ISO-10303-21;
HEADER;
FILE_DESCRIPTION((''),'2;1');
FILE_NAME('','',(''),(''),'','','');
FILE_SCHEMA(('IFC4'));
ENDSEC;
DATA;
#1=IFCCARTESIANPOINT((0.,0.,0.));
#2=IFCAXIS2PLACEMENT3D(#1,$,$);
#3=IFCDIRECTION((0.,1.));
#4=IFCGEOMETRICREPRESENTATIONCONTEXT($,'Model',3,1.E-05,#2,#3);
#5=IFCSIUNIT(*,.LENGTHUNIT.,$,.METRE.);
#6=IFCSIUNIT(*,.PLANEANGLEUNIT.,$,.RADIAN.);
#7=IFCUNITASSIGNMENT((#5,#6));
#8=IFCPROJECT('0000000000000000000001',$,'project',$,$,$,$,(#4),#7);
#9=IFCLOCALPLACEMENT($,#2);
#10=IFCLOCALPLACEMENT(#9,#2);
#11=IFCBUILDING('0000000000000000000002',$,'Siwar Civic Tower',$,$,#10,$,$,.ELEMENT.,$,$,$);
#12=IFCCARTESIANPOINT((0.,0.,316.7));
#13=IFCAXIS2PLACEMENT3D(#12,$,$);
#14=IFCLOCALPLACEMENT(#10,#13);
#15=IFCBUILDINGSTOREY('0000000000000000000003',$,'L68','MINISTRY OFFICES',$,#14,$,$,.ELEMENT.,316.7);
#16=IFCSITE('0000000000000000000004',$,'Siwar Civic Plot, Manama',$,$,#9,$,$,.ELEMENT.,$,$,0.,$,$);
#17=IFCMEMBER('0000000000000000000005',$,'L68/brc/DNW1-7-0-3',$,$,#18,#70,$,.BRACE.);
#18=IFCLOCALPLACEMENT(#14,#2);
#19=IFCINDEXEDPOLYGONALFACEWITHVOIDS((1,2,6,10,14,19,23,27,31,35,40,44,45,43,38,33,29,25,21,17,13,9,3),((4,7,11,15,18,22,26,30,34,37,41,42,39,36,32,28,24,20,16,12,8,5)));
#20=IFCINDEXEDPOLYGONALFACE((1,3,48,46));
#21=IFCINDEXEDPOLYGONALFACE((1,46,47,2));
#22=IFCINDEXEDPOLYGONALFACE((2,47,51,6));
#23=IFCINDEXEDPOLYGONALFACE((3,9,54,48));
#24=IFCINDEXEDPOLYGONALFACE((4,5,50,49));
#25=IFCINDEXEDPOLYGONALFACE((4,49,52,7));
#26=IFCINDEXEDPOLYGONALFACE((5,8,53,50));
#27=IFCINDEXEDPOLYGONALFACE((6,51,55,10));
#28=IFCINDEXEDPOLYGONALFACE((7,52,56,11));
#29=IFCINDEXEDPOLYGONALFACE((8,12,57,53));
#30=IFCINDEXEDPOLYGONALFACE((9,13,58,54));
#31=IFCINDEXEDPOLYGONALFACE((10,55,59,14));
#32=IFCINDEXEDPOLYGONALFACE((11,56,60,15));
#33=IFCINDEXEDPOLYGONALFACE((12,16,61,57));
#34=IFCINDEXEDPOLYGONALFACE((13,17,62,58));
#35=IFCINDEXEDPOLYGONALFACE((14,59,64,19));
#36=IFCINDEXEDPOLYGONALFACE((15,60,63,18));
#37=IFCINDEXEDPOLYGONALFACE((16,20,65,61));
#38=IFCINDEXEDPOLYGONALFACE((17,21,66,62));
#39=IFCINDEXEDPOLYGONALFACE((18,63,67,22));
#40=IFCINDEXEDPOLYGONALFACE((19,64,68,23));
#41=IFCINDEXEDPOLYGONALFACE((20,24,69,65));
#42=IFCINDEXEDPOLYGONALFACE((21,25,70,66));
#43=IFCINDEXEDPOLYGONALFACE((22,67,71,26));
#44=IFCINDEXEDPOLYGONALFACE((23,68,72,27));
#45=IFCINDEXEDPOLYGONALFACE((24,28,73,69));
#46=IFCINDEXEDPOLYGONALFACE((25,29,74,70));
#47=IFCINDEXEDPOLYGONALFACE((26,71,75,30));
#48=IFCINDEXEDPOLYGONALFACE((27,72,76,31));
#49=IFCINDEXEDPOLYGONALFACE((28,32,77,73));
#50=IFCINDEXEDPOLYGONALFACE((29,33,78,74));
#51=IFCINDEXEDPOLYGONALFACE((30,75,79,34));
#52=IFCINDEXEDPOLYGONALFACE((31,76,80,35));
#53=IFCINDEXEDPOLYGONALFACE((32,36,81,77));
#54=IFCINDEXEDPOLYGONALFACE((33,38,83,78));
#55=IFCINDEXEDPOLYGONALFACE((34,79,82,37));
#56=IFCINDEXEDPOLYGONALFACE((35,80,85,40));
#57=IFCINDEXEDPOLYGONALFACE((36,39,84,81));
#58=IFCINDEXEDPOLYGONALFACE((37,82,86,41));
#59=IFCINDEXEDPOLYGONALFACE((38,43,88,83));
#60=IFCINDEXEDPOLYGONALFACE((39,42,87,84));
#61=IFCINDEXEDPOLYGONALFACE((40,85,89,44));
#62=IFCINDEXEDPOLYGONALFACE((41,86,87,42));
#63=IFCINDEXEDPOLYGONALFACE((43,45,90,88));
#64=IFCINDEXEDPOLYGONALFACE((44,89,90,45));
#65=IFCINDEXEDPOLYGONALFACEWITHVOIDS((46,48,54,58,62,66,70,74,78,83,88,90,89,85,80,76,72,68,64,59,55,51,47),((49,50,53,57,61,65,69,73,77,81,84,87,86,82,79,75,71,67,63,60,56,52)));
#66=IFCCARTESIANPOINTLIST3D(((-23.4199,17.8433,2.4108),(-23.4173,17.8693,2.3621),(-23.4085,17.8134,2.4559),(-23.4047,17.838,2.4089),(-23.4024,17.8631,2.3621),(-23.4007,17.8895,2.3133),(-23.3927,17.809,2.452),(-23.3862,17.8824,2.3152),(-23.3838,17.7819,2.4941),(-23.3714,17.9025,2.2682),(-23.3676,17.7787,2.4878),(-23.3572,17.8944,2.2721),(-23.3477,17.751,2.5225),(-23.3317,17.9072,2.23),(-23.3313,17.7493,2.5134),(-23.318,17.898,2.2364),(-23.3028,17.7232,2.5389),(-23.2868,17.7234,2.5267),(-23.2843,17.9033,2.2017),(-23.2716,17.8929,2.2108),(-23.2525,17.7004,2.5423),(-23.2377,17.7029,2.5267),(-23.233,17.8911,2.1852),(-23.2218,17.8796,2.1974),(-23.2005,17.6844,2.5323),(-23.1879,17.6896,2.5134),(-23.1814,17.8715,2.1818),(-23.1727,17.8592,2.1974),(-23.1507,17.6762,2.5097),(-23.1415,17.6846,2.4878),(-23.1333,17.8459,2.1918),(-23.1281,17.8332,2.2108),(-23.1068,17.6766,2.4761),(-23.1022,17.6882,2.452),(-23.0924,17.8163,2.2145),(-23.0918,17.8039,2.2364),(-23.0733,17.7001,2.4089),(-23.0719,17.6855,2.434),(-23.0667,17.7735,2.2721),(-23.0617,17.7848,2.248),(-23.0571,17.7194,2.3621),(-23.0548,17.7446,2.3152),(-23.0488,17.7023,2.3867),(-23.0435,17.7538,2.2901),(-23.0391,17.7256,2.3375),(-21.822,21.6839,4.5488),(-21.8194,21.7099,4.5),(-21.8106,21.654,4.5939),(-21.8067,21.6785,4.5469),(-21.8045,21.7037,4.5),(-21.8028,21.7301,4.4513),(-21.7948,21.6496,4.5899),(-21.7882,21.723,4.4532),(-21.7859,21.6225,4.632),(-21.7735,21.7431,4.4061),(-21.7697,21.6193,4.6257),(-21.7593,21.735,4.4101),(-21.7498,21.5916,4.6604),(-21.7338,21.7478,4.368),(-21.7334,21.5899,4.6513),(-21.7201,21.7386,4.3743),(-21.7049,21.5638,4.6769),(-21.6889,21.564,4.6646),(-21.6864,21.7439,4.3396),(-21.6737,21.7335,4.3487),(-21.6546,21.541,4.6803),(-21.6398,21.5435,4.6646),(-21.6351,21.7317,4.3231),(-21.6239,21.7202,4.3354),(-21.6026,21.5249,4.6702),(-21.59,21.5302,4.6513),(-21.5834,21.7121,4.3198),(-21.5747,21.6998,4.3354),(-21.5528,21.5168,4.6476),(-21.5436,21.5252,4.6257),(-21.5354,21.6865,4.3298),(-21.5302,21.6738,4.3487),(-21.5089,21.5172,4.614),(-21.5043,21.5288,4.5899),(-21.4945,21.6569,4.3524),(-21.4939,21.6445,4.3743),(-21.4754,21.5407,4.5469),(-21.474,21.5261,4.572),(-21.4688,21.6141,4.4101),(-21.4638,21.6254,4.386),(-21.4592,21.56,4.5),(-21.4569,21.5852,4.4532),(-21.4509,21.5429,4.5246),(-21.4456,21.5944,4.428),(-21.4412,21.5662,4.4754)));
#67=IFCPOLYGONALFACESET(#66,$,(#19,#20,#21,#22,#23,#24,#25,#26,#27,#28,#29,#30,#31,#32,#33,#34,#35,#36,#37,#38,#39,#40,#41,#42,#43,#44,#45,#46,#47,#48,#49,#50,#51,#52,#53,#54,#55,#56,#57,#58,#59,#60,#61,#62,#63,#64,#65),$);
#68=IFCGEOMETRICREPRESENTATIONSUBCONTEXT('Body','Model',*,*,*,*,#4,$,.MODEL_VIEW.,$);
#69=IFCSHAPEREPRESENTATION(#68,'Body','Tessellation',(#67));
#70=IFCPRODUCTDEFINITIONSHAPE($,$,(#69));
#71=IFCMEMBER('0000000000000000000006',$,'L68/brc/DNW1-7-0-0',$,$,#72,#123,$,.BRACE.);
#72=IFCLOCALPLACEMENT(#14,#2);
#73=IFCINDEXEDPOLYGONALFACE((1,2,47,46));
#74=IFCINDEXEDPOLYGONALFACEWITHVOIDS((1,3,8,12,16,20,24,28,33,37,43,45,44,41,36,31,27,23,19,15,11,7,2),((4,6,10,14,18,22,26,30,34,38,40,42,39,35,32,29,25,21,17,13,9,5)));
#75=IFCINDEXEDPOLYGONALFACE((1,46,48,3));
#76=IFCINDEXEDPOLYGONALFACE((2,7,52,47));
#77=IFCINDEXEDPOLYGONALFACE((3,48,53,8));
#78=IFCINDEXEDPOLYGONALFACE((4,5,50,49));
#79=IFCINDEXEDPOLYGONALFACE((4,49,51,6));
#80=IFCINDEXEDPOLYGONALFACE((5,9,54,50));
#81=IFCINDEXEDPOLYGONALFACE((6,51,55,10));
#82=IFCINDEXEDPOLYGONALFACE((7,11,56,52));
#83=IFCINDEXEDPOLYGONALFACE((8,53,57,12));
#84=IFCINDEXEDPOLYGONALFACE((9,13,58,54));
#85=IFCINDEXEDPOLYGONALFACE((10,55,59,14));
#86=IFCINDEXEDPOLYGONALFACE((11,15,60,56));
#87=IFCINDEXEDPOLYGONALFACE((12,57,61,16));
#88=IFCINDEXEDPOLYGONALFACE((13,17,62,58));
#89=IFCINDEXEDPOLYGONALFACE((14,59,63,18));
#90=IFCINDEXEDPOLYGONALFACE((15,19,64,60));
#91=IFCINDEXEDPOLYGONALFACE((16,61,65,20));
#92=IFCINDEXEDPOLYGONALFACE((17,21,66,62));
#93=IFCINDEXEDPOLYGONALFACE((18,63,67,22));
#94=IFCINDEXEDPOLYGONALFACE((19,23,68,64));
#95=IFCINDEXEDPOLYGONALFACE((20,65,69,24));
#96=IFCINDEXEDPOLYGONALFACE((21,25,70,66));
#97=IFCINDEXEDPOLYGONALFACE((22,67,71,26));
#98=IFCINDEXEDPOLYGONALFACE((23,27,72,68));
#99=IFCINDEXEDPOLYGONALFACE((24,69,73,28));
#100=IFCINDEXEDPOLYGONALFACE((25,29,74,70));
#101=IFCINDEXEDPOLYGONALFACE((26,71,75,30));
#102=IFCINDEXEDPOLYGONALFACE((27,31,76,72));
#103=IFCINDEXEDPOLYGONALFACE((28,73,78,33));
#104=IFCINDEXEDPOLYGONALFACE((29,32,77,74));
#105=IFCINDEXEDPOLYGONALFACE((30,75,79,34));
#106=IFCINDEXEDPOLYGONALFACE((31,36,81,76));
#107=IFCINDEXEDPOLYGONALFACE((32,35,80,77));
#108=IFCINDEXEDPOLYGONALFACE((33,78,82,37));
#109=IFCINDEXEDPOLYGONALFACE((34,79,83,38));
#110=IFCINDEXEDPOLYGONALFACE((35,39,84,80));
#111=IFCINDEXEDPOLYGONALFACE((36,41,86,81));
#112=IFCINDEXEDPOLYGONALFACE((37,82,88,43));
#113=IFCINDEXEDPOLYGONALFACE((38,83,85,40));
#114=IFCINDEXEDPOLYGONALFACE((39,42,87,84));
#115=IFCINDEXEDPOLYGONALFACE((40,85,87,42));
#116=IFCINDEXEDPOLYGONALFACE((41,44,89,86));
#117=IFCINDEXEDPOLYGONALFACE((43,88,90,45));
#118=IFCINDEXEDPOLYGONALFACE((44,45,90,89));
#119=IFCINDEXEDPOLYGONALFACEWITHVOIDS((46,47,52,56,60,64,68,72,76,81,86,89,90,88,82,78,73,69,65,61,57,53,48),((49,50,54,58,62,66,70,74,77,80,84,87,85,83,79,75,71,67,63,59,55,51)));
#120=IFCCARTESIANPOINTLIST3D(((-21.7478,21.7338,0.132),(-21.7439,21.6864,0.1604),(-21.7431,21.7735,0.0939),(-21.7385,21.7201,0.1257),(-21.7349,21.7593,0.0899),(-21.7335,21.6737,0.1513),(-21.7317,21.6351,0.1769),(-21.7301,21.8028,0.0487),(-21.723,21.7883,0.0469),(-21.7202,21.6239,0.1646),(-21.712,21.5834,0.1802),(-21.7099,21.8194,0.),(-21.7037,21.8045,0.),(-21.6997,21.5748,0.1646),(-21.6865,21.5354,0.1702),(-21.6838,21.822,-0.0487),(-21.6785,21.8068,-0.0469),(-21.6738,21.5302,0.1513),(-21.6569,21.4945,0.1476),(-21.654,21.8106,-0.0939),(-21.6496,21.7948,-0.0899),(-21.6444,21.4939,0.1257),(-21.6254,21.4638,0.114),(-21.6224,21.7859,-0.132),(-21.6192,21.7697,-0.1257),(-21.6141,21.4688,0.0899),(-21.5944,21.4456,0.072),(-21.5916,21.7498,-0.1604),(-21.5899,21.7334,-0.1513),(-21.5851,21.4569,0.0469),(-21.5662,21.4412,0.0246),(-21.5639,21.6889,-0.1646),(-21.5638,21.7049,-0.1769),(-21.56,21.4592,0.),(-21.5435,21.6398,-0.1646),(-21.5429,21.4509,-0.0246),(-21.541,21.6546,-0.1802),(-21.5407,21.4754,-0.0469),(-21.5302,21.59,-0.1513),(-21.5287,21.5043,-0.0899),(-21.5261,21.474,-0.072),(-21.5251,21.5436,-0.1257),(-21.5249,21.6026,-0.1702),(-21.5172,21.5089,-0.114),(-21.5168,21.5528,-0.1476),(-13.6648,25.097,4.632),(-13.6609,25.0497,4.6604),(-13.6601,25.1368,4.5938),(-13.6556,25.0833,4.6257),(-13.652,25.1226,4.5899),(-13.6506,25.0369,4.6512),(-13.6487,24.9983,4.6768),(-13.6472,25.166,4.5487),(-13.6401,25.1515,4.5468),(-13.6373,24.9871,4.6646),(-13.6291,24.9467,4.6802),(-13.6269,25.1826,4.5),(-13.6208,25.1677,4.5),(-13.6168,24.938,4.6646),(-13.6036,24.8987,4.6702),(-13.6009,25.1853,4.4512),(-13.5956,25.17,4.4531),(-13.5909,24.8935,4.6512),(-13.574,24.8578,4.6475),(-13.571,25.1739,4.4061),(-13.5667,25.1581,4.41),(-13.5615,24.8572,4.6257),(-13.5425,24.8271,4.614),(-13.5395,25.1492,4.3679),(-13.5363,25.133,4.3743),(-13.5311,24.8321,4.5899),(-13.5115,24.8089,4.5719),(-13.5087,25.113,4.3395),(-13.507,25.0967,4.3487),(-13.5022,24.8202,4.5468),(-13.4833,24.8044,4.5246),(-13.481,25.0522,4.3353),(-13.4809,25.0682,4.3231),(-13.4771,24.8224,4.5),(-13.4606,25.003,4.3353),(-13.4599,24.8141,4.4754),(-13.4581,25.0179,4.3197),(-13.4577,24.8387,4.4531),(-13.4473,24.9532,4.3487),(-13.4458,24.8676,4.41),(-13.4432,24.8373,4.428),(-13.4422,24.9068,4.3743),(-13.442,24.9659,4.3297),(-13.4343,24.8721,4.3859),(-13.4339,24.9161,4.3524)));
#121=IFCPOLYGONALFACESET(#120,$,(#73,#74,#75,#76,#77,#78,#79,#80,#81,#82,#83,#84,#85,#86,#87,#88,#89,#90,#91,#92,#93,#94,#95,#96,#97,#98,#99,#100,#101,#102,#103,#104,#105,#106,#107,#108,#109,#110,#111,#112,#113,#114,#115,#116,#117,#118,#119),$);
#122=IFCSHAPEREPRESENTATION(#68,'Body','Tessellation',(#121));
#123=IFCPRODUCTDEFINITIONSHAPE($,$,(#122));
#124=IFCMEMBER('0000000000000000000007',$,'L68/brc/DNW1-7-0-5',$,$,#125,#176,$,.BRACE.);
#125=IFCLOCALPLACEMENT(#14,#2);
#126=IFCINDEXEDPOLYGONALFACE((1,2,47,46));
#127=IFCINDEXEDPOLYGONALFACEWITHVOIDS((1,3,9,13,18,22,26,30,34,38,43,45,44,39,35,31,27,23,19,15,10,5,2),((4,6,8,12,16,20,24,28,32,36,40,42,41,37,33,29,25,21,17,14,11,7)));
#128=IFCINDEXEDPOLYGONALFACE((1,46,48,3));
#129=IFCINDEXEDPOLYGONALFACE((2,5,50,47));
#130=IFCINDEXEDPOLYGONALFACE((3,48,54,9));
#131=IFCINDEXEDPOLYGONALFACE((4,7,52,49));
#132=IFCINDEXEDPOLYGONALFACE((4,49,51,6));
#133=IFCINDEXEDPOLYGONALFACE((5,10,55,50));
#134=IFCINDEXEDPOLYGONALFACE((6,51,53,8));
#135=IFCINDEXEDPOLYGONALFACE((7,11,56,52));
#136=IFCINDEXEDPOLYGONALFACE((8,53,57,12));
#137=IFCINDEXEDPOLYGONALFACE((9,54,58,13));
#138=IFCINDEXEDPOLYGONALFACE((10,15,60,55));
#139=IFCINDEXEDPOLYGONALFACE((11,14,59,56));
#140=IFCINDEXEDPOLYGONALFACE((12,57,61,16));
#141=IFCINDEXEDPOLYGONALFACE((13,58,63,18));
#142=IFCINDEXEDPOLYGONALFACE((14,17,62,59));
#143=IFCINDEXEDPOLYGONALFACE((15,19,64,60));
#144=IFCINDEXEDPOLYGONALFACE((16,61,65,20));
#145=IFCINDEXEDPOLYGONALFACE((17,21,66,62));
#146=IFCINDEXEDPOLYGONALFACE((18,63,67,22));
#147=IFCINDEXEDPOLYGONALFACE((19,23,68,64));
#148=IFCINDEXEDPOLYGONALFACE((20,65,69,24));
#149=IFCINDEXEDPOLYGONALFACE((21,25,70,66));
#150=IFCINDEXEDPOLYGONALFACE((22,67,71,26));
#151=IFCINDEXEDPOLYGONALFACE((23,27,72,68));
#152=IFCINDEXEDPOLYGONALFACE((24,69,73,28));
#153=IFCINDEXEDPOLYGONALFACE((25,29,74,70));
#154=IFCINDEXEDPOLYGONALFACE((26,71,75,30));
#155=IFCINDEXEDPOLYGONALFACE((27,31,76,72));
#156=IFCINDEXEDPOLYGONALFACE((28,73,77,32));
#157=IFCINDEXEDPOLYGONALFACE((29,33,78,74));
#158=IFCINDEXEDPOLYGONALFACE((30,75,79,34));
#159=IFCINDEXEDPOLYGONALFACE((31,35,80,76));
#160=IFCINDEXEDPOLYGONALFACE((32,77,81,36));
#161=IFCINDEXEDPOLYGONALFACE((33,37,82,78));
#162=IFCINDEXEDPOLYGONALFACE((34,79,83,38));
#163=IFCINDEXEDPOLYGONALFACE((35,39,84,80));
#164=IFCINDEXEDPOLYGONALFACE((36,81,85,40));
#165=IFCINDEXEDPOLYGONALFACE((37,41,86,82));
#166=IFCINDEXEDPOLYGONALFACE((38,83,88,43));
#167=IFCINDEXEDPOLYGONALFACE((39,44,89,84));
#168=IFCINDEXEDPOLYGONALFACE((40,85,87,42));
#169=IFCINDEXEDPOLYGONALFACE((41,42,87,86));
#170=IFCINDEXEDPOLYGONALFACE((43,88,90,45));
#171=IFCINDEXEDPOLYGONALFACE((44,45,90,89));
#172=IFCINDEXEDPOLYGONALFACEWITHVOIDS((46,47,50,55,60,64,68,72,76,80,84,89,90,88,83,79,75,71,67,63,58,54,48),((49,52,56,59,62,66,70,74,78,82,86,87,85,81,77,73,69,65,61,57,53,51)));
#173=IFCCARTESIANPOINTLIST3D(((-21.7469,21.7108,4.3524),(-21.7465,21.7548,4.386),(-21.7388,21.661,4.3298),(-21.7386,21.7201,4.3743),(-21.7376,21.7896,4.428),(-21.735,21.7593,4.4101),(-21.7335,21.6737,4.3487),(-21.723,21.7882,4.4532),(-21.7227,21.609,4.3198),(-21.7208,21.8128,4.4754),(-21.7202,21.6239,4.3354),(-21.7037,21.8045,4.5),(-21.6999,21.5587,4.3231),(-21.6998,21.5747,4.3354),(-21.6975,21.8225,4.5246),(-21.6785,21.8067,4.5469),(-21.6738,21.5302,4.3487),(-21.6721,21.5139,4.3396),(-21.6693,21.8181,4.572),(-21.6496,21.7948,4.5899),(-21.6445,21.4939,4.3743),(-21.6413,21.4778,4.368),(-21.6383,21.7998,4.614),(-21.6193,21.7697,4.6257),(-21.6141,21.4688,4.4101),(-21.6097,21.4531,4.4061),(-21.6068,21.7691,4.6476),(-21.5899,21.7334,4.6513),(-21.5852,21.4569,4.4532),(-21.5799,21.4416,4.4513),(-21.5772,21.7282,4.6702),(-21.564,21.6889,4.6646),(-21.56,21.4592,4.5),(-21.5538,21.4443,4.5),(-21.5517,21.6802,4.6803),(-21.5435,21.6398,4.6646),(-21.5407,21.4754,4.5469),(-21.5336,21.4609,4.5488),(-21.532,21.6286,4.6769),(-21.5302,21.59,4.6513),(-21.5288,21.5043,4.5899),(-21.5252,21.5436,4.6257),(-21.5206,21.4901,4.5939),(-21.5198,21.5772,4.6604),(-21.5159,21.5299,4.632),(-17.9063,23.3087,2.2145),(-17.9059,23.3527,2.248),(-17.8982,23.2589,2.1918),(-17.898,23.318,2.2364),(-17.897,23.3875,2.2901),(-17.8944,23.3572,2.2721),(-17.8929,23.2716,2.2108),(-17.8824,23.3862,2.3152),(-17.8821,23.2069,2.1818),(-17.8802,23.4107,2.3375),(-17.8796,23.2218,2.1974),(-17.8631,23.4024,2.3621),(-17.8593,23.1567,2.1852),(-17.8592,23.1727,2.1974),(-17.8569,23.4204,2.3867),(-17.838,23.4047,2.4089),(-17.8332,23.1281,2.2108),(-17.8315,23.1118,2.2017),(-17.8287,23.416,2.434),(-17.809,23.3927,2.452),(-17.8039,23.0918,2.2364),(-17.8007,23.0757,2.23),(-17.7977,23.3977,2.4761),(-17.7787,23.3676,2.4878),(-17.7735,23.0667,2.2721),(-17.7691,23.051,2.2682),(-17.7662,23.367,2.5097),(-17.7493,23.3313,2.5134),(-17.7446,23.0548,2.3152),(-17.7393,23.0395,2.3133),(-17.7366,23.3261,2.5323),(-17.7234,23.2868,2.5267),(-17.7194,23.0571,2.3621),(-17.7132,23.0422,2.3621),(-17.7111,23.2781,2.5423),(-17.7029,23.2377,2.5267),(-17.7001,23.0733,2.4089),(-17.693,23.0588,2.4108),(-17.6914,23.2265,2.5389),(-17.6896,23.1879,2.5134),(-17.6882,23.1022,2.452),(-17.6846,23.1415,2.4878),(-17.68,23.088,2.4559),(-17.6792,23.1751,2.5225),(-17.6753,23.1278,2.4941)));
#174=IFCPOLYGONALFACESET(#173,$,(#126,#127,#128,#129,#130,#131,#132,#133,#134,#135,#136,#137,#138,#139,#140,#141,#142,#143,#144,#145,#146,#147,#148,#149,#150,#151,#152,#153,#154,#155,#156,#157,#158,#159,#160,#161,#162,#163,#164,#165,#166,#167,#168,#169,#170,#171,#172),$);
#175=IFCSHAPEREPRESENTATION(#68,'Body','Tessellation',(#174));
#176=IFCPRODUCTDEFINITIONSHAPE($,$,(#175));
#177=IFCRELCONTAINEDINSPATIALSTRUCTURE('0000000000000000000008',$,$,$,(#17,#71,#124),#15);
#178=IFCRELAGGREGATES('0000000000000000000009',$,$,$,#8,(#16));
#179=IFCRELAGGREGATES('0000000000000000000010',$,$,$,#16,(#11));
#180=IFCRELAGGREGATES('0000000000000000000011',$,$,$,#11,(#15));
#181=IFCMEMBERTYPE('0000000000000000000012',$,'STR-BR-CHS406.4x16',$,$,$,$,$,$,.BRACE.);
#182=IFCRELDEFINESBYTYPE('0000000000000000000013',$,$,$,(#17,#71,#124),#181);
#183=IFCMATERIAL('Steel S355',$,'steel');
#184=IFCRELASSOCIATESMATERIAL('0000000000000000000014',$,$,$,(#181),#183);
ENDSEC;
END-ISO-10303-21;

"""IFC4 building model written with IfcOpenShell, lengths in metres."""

from ifc_helpers import new_model, si_unit, direction, frame, origin, origin_2d, place, context, subcontext, project, spatial, hollow_circle, extrude, material, material_profile, profile_set, type_object, element, save


model = new_model("IFC4")

# Units and contexts
model_context = context("Model", 3, precision=1e-05, world=origin(), true_north=direction((0.0, 1.0)))
body_context = subcontext(model_context, "Body", "Model", "MODEL_VIEW")
ifc_project = project(units=[si_unit("LENGTHUNIT", "METRE"), si_unit("PLANEANGLEUNIT", "RADIAN")], contexts=[model_context])

# Site, building, storey
site_placement = place(None, origin())
site = spatial("IfcSite", under=ifc_project, at=site_placement, Name="Siwar Civic Plot, Manama", CompositionType="ELEMENT", RefElevation=0.0)
building_placement = place(site_placement, origin())
building = spatial("IfcBuilding", under=site, at=building_placement, Name="Siwar Civic Tower", CompositionType="ELEMENT")
storey_placement = place(building_placement, frame((0.0, 0.0, 316.7)))
storey = spatial("IfcBuildingStorey", under=building, at=storey_placement, Name="L68", Description="MINISTRY OFFICES", CompositionType="ELEMENT", Elevation=316.7)

# Members
ifc_material_1 = material(Name="Steel S355", Category="steel")
ifc_material_profile_1 = material_profile(ifc_material_1, hollow_circle(Radius=0.2031, WallThickness=0.0161, at=origin_2d()), Name="CHS406.4x16")
ifc_profile_set_1 = profile_set([ifc_material_profile_1], Name="Steel S355")
member_type_1 = type_object("IfcMemberType", Name="STR-BR-CHS406.4x16", PredefinedType="BRACE", material=ifc_profile_set_1)
for number, where, z_axis, x_axis, name in (
    (1, (-23.2297, 17.7913, 2.3621), (0.341653, 0.821167, 0.45712), (-0.923276, 0.384136, 0.0), "L68/brc/DNW1-7-0-3"),
):
    element("IfcMember", number, at=place(storey_placement, frame(where, z_axis=z_axis, x_axis=x_axis)), inside=storey, type_object=member_type_1, Name=name, PredefinedType="BRACE", context=body_context, shape_type="SweptSolid", body=[
        extrude(hollow_circle(Radius=0.2031, WallThickness=0.0161, at=origin_2d()), origin(), (0.0, 0.0, 1.0), 4.677),
    ])
member_1_placement = place(storey_placement, frame((-21.6318, 21.6318, 0.0), z_axis=(0.821143, 0.341671, 0.457149), x_axis=(-0.384164, 0.923265, 0.0)))
element("IfcMember", 2, at=member_1_placement, inside=storey, type_object=member_type_1, Name="L68/brc/DNW1-7-0-0", PredefinedType="BRACE", context=body_context, shape_type="SweptSolid", body=[
    extrude(hollow_circle(Radius=0.2031, WallThickness=0.0161, at=origin_2d()), origin(), (0.0, 0.0, 1.0), 9.8435),
])
member_2_placement = place(storey_placement, frame((-17.7913, 23.2297, 2.3621), z_axis=(-0.821167, -0.341653, 0.45712), x_axis=(0.384136, -0.923276, 0.0)))
element("IfcMember", 3, at=member_2_placement, inside=storey, type_object=member_type_1, Name="L68/brc/DNW1-7-0-5", PredefinedType="BRACE", context=body_context, shape_type="SweptSolid", body=[
    extrude(hollow_circle(Radius=0.2031, WallThickness=0.0161, at=origin_2d()), origin(), (0.0, 0.0, 1.0), 4.677),
])

save(model, "model.ifc")
